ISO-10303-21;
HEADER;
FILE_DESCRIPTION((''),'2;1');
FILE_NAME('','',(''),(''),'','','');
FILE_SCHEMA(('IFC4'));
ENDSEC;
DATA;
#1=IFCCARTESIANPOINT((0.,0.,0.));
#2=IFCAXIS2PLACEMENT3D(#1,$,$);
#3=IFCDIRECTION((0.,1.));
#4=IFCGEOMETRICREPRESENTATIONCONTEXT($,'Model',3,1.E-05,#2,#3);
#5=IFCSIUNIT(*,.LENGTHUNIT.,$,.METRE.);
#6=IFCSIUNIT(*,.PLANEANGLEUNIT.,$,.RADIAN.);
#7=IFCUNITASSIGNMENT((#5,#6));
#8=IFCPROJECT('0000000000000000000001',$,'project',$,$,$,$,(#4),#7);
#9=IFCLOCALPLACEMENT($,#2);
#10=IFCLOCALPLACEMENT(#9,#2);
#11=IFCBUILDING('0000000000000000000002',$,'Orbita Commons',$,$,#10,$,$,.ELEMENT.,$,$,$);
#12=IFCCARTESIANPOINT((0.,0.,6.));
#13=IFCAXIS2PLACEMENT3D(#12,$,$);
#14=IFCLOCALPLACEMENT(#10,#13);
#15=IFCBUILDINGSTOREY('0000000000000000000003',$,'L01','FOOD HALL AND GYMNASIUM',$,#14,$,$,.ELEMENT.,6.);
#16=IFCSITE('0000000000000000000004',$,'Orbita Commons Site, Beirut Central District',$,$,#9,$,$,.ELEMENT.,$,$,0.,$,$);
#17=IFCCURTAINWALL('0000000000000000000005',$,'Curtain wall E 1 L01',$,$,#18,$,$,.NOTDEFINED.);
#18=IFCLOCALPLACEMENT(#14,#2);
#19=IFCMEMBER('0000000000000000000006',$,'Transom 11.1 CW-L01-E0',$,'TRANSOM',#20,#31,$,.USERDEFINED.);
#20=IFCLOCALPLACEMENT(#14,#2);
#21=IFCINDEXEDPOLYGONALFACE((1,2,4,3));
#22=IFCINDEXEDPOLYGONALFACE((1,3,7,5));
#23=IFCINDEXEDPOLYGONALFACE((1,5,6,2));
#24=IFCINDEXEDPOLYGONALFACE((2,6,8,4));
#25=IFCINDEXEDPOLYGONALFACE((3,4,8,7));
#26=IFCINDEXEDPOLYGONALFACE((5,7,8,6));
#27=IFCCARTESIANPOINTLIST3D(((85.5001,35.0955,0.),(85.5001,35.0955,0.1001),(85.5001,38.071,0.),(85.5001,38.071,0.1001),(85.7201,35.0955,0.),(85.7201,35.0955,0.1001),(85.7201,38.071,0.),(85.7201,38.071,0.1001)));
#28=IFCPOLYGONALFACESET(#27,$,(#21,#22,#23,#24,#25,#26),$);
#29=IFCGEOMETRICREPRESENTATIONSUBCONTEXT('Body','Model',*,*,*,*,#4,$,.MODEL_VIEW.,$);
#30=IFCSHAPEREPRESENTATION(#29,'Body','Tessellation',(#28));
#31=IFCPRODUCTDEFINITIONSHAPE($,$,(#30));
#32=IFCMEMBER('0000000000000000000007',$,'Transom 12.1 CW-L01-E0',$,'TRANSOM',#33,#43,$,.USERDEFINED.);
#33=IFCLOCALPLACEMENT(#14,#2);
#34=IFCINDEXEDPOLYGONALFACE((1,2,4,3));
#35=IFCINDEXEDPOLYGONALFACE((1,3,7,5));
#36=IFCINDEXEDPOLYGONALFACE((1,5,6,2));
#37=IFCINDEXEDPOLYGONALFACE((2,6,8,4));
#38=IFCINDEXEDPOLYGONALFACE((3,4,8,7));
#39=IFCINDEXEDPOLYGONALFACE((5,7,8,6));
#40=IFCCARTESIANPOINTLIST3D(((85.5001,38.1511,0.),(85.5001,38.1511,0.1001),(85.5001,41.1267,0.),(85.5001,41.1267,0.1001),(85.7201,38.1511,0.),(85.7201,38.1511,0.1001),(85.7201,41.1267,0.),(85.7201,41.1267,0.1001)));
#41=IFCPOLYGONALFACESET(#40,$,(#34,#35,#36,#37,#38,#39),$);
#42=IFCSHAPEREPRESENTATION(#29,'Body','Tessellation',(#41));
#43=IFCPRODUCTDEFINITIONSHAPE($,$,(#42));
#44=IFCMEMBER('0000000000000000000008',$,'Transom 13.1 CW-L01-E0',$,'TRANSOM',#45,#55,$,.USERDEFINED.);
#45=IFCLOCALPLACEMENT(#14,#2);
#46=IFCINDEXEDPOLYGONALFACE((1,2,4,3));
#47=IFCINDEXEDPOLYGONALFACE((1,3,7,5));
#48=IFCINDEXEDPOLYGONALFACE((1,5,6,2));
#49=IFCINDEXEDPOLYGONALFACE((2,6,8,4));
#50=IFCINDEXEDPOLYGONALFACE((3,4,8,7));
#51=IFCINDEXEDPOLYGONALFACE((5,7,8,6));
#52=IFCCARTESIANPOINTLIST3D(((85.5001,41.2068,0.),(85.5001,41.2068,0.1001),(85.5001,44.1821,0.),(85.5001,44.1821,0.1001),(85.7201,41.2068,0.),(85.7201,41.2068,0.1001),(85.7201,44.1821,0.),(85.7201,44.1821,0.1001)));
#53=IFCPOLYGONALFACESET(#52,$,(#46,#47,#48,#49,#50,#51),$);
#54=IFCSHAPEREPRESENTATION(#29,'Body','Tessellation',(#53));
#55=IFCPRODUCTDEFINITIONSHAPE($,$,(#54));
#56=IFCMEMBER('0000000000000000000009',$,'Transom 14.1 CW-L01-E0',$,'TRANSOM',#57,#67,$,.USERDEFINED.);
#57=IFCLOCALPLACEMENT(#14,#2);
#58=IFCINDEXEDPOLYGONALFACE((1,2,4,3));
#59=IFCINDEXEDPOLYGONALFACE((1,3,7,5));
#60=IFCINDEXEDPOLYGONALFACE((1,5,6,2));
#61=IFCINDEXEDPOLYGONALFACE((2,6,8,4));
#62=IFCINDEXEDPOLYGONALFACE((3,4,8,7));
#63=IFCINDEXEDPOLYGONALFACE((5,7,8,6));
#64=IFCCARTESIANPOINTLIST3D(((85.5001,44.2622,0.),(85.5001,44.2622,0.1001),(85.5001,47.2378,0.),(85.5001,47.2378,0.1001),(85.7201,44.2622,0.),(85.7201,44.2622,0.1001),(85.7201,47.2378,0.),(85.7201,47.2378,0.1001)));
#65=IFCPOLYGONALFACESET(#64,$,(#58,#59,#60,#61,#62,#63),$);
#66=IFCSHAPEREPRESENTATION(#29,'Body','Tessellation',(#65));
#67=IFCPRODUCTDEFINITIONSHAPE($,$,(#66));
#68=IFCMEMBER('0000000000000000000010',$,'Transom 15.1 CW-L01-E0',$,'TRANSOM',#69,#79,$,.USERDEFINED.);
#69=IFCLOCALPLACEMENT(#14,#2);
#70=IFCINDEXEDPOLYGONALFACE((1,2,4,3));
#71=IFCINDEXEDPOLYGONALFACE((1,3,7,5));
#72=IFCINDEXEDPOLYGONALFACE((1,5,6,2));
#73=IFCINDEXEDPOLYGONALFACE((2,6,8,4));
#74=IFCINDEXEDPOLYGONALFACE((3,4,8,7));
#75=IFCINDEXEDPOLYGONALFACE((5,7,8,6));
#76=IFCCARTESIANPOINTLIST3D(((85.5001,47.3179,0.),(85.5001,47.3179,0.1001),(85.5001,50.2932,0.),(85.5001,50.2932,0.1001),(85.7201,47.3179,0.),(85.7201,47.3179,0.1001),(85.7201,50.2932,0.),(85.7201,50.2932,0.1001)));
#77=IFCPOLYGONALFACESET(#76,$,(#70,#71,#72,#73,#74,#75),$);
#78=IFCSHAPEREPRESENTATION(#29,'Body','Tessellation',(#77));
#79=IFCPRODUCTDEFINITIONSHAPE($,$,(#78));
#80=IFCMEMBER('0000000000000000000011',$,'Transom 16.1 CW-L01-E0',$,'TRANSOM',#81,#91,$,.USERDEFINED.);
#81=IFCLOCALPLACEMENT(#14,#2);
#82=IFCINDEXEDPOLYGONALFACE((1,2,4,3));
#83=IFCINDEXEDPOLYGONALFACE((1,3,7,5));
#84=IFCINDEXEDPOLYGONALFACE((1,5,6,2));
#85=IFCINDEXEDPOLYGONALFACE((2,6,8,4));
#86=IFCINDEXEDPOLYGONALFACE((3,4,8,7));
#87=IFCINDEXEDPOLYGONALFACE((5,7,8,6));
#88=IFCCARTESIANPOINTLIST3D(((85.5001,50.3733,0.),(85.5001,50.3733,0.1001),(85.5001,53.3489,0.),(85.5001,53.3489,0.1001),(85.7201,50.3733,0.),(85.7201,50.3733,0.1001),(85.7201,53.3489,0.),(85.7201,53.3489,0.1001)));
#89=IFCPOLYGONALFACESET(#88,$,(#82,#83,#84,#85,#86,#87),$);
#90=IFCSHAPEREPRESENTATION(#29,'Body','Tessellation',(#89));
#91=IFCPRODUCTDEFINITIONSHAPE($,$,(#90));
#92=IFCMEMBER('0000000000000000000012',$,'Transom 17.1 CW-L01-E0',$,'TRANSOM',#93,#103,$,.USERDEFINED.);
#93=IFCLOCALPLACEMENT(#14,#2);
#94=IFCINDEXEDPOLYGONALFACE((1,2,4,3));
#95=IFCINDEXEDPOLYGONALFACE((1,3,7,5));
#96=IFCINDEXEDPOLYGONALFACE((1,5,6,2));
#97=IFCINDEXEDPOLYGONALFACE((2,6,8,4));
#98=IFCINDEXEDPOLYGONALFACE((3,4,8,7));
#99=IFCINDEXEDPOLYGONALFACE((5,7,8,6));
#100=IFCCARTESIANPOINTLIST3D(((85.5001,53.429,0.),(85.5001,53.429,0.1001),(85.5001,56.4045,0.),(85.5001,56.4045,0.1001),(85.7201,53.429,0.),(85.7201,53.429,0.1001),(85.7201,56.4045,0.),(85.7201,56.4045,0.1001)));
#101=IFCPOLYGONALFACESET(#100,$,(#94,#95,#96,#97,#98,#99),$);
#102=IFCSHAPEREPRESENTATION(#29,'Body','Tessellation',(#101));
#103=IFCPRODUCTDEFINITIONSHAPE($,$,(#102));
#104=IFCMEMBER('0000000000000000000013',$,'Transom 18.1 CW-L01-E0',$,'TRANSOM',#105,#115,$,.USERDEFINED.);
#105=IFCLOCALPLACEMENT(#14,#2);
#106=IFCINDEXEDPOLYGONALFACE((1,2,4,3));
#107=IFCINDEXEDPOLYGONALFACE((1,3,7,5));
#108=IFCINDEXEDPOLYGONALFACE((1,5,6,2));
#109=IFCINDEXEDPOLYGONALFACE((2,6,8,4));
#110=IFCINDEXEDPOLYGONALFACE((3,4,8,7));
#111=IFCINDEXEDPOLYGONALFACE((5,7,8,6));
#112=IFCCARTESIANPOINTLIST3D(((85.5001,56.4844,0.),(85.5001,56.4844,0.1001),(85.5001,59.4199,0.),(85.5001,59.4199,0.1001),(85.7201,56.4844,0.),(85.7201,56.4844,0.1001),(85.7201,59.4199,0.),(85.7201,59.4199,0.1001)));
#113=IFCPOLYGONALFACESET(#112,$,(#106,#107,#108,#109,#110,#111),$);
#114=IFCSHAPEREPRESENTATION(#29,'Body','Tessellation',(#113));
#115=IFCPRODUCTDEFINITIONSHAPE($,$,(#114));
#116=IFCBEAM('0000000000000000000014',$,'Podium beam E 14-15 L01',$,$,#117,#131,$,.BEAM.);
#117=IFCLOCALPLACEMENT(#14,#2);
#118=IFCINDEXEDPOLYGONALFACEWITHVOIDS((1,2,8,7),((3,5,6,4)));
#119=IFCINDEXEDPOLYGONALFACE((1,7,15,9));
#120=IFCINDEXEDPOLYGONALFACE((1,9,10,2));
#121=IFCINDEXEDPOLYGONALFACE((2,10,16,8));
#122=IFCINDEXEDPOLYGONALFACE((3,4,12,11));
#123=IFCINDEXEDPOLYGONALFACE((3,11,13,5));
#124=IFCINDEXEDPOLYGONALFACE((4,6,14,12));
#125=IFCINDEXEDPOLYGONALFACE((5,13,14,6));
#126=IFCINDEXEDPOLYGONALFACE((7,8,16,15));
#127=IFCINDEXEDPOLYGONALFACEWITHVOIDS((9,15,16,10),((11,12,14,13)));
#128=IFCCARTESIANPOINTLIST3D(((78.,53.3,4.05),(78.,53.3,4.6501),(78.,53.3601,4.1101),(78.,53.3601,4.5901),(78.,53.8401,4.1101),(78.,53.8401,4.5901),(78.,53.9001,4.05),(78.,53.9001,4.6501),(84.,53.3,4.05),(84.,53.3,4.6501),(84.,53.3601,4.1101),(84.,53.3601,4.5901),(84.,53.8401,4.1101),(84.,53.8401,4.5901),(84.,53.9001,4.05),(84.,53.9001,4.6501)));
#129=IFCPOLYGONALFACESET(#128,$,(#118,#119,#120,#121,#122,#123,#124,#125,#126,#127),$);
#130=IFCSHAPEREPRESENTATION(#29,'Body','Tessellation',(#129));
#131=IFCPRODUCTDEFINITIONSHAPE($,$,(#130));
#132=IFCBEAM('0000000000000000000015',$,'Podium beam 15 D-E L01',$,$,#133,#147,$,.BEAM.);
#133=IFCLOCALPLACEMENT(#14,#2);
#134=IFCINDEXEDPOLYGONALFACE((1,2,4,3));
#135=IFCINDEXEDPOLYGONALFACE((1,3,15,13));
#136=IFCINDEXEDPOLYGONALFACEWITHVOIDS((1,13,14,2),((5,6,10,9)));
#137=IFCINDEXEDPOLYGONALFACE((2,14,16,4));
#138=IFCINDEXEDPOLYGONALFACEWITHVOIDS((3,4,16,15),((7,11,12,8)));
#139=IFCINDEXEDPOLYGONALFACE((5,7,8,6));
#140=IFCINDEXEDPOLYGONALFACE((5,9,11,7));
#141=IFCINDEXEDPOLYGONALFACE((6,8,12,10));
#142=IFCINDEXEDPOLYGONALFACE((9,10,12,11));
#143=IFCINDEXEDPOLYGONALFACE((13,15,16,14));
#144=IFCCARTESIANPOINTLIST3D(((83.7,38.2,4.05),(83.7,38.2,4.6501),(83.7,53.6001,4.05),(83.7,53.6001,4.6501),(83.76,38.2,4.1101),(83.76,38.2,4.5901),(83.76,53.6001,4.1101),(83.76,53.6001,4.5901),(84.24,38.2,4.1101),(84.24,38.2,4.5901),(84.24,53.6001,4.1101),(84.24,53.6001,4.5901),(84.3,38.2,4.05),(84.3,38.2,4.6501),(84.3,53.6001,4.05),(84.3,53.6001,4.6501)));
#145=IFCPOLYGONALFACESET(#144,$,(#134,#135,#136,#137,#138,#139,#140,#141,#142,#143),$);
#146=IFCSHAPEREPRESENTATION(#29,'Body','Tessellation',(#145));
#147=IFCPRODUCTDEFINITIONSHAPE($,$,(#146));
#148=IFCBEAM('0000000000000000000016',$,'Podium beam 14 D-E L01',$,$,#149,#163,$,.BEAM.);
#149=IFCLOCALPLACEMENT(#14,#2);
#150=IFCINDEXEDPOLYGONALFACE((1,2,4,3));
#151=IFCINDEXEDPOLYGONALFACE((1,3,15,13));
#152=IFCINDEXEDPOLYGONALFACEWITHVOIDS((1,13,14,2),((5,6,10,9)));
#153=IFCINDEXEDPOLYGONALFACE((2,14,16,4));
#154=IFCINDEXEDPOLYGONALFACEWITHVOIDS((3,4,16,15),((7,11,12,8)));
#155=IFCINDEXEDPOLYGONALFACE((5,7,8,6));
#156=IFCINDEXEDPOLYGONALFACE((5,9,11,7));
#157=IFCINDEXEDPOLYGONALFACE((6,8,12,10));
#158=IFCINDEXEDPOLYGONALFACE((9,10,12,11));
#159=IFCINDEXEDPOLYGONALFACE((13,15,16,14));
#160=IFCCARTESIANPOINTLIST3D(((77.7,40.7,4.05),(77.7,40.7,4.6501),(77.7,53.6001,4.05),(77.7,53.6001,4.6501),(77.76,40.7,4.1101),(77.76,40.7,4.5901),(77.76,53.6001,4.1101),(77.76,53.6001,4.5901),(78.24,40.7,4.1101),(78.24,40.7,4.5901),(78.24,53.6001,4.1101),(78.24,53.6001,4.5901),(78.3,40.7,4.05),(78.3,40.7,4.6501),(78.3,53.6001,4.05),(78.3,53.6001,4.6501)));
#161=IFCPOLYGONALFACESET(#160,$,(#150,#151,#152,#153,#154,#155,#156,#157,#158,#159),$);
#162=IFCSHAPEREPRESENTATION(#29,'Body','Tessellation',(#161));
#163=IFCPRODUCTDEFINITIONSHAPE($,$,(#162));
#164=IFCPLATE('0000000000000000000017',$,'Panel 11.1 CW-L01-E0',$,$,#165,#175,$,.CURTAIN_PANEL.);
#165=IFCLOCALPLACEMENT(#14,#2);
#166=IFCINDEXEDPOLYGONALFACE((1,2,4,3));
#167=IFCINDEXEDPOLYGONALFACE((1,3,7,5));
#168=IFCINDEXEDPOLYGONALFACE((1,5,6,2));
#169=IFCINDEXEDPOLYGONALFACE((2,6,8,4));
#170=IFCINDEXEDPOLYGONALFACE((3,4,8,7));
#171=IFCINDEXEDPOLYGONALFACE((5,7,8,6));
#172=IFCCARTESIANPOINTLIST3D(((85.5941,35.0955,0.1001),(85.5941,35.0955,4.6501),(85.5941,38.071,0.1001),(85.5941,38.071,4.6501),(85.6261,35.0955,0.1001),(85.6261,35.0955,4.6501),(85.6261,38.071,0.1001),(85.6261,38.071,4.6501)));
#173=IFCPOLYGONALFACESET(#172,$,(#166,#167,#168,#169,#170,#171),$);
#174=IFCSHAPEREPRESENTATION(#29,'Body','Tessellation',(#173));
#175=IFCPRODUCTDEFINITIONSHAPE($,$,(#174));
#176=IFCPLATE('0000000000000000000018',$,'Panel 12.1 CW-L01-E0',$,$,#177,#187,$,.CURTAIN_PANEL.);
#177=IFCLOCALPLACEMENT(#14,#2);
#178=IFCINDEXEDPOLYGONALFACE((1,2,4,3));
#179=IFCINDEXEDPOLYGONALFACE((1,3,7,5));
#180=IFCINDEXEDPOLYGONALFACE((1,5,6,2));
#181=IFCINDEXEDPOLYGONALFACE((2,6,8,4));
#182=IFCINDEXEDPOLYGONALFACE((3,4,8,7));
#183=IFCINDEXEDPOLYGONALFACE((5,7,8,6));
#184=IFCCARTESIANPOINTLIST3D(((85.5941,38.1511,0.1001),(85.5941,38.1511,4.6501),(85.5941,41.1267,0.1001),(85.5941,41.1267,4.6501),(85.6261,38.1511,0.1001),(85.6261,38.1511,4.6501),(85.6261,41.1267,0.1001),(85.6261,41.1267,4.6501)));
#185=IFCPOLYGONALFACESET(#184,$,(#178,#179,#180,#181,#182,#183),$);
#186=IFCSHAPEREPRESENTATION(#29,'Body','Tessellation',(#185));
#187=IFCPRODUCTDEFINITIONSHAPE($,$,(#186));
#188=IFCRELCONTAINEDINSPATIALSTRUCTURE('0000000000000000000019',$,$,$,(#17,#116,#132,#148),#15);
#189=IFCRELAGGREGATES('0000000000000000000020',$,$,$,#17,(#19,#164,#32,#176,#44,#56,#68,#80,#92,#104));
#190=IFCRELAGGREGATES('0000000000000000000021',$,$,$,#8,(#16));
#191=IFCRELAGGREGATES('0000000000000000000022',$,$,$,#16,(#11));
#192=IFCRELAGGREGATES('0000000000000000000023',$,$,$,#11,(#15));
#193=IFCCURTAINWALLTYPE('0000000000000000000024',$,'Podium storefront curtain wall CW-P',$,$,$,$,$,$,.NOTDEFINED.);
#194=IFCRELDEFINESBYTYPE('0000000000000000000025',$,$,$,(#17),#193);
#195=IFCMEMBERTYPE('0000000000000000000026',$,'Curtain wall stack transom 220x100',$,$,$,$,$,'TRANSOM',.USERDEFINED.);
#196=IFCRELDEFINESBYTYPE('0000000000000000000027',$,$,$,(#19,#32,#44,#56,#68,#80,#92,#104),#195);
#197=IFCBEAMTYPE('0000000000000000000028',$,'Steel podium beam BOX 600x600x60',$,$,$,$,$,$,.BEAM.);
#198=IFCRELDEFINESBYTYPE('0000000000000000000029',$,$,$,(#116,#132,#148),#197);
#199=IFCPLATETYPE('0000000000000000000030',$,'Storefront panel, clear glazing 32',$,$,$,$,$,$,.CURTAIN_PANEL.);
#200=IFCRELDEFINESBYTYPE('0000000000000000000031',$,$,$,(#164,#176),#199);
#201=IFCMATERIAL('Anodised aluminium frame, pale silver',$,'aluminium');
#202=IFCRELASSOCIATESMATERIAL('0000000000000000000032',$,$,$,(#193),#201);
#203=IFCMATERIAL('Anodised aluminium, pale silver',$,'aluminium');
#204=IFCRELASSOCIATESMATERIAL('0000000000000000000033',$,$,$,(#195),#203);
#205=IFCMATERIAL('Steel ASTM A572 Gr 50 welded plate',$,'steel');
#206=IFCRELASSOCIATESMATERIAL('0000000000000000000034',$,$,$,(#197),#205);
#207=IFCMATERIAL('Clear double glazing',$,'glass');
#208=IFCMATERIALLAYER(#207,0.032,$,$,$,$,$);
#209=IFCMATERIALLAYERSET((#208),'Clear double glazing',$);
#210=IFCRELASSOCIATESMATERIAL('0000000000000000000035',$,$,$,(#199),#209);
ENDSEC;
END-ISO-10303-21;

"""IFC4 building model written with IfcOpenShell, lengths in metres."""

from ifc_helpers import new_model, si_unit, direction, frame, origin, origin_2d, place, context, subcontext, project, spatial, rectangle, hollow_rectangle, extrude, material, layer, layer_set, material_profile, profile_set, type_object, element, aggregate, save


model = new_model("IFC4")

# Units and contexts
model_context = context("Model", 3, precision=1e-05, world=origin(), true_north=direction((0.0, 1.0)))
body_context = subcontext(model_context, "Body", "Model", "MODEL_VIEW")
ifc_project = project(units=[si_unit("LENGTHUNIT", "METRE"), si_unit("PLANEANGLEUNIT", "RADIAN")], contexts=[model_context])

# Site, building, storey
site_placement = place(None, origin())
site = spatial("IfcSite", under=ifc_project, at=site_placement, Name="Orbita Commons Site, Beirut Central District", CompositionType="ELEMENT", RefElevation=0.0)
building_placement = place(site_placement, origin())
building = spatial("IfcBuilding", under=site, at=building_placement, Name="Orbita Commons", CompositionType="ELEMENT")
storey_placement = place(building_placement, frame((0.0, 0.0, 6.0)))
storey = spatial("IfcBuildingStorey", under=building, at=storey_placement, Name="L01", Description="FOOD HALL AND GYMNASIUM", CompositionType="ELEMENT", Elevation=6.0)

# Curtain wall, members
ifc_material_1 = material(Name="Anodised aluminium frame, pale silver", Category="aluminium")
curtain_wall_type = type_object("IfcCurtainWallType", Name="Podium storefront curtain wall CW-P", PredefinedType="NOTDEFINED", material=ifc_material_1)
curtain_wall_placement = place(storey_placement, origin())
curtain_wall = element("IfcCurtainWall", 1, at=curtain_wall_placement, inside=storey, type_object=curtain_wall_type, Name="Curtain wall E 1 L01", PredefinedType="NOTDEFINED")
ifc_material_2 = material(Name="Anodised aluminium, pale silver", Category="aluminium")
ifc_material_profile_1 = material_profile(ifc_material_2, rectangle(XDim=0.22, YDim=0.1001, at=origin_2d()), Name="AL 220x100")
ifc_profile_set_1 = profile_set([ifc_material_profile_1], Name="Anodised aluminium, pale silver")
member_type_1 = type_object("IfcMemberType", Name="Curtain wall stack transom 220x100", ElementType="TRANSOM", PredefinedType="USERDEFINED", material=ifc_profile_set_1)
member_1_placement = place(storey_placement, frame((85.6101, 35.0955, 0.05), z_axis=(0.0, 1.0, 0.0), x_axis=(-1.0, 0.0, 0.0)))
member_1 = element("IfcMember", 2, at=member_1_placement, type_object=member_type_1, Name="Transom 11.1 CW-L01-E0", ObjectType="TRANSOM", PredefinedType="USERDEFINED", context=body_context, shape_type="SweptSolid", body=[
    extrude(rectangle(XDim=0.22, YDim=0.1001, at=origin_2d()), origin(), (0.0, 0.0, 1.0), 2.9756),
])
member_2_placement = place(storey_placement, frame((85.6101, 38.1511, 0.05), z_axis=(0.0, 1.0, 0.0), x_axis=(-1.0, 0.0, 0.0)))
member_2 = element("IfcMember", 3, at=member_2_placement, type_object=member_type_1, Name="Transom 12.1 CW-L01-E0", ObjectType="TRANSOM", PredefinedType="USERDEFINED", context=body_context, shape_type="SweptSolid", body=[
    extrude(rectangle(XDim=0.22, YDim=0.1001, at=origin_2d()), origin(), (0.0, 0.0, 1.0), 2.9756),
])
member_3_placement = place(storey_placement, frame((85.6101, 41.2068, 0.05), z_axis=(0.0, 1.0, 0.0), x_axis=(-1.0, 0.0, 0.0)))
member_3 = element("IfcMember", 4, at=member_3_placement, type_object=member_type_1, Name="Transom 13.1 CW-L01-E0", ObjectType="TRANSOM", PredefinedType="USERDEFINED", context=body_context, shape_type="SweptSolid", body=[
    extrude(rectangle(XDim=0.22, YDim=0.1001, at=origin_2d()), origin(), (0.0, 0.0, 1.0), 2.9753),
])
member_4_placement = place(storey_placement, frame((85.6101, 44.2622, 0.05), z_axis=(0.0, 1.0, 0.0), x_axis=(-1.0, 0.0, 0.0)))
member_4 = element("IfcMember", 5, at=member_4_placement, type_object=member_type_1, Name="Transom 14.1 CW-L01-E0", ObjectType="TRANSOM", PredefinedType="USERDEFINED", context=body_context, shape_type="SweptSolid", body=[
    extrude(rectangle(XDim=0.22, YDim=0.1001, at=origin_2d()), origin(), (0.0, 0.0, 1.0), 2.9756),
])
member_5_placement = place(storey_placement, frame((85.6101, 47.3179, 0.05), z_axis=(0.0, 1.0, 0.0), x_axis=(-1.0, 0.0, 0.0)))
member_5 = element("IfcMember", 6, at=member_5_placement, type_object=member_type_1, Name="Transom 15.1 CW-L01-E0", ObjectType="TRANSOM", PredefinedType="USERDEFINED", context=body_context, shape_type="SweptSolid", body=[
    extrude(rectangle(XDim=0.22, YDim=0.1001, at=origin_2d()), origin(), (0.0, 0.0, 1.0), 2.9753),
])
member_6_placement = place(storey_placement, frame((85.6101, 50.3733, 0.05), z_axis=(0.0, 1.0, 0.0), x_axis=(-1.0, 0.0, 0.0)))
member_6 = element("IfcMember", 7, at=member_6_placement, type_object=member_type_1, Name="Transom 16.1 CW-L01-E0", ObjectType="TRANSOM", PredefinedType="USERDEFINED", context=body_context, shape_type="SweptSolid", body=[
    extrude(rectangle(XDim=0.22, YDim=0.1001, at=origin_2d()), origin(), (0.0, 0.0, 1.0), 2.9756),
])
member_7_placement = place(storey_placement, frame((85.6101, 53.429, 0.05), z_axis=(0.0, 1.0, 0.0), x_axis=(-1.0, 0.0, 0.0)))
member_7 = element("IfcMember", 8, at=member_7_placement, type_object=member_type_1, Name="Transom 17.1 CW-L01-E0", ObjectType="TRANSOM", PredefinedType="USERDEFINED", context=body_context, shape_type="SweptSolid", body=[
    extrude(rectangle(XDim=0.22, YDim=0.1001, at=origin_2d()), origin(), (0.0, 0.0, 1.0), 2.9756),
])
member_8_placement = place(storey_placement, frame((85.6101, 56.4844, 0.05), z_axis=(0.0, 1.0, 0.0), x_axis=(-1.0, 0.0, 0.0)))
member_8 = element("IfcMember", 9, at=member_8_placement, type_object=member_type_1, Name="Transom 18.1 CW-L01-E0", ObjectType="TRANSOM", PredefinedType="USERDEFINED", context=body_context, shape_type="SweptSolid", body=[
    extrude(rectangle(XDim=0.22, YDim=0.1001, at=origin_2d()), origin(), (0.0, 0.0, 1.0), 2.9355),
])

# Beams
ifc_material_3 = material(Name="Steel ASTM A572 Gr 50 welded plate", Category="steel")
ifc_material_profile_2 = material_profile(ifc_material_3, hollow_rectangle(XDim=0.6001, YDim=0.6001, WallThickness=0.0601, at=origin_2d()), Name="BOX 600x600x60")
ifc_profile_set_2 = profile_set([ifc_material_profile_2], Name="Steel ASTM A572 Gr 50 welded plate")
beam_type = type_object("IfcBeamType", Name="Steel podium beam BOX 600x600x60", PredefinedType="BEAM", material=ifc_profile_set_2)
beam_1_placement = place(storey_placement, frame((78.0, 53.6001, 4.3501), z_axis=(1.0, 0.0, 0.0), x_axis=(0.0, 1.0, 0.0)))
element("IfcBeam", 10, at=beam_1_placement, inside=storey, type_object=beam_type, Name="Podium beam E 14-15 L01", PredefinedType="BEAM", context=body_context, shape_type="SweptSolid", body=[
    extrude(hollow_rectangle(XDim=0.6001, YDim=0.6001, WallThickness=0.0601, at=origin_2d()), origin(), (0.0, 0.0, 1.0), 6.0),
])
beam_2_placement = place(storey_placement, frame((84.0, 38.2, 4.3501), z_axis=(0.0, 1.0, 0.0), x_axis=(-1.0, 0.0, 0.0)))
element("IfcBeam", 11, at=beam_2_placement, inside=storey, type_object=beam_type, Name="Podium beam 15 D-E L01", PredefinedType="BEAM", context=body_context, shape_type="SweptSolid", body=[
    extrude(hollow_rectangle(XDim=0.6001, YDim=0.6001, WallThickness=0.0601, at=origin_2d()), origin(), (0.0, 0.0, 1.0), 15.4001),
])
beam_3_placement = place(storey_placement, frame((78.0, 40.7, 4.3501), z_axis=(0.0, 1.0, 0.0), x_axis=(-1.0, 0.0, 0.0)))
element("IfcBeam", 12, at=beam_3_placement, inside=storey, type_object=beam_type, Name="Podium beam 14 D-E L01", PredefinedType="BEAM", context=body_context, shape_type="SweptSolid", body=[
    extrude(hollow_rectangle(XDim=0.6001, YDim=0.6001, WallThickness=0.0601, at=origin_2d()), origin(), (0.0, 0.0, 1.0), 12.9001),
])

# Plates
ifc_material_4 = material(Name="Clear double glazing", Category="glass")
ifc_layer_1 = layer(ifc_material_4, 0.032)
ifc_layer_set_1 = layer_set([ifc_layer_1], Name="Clear double glazing")
plate_type = type_object("IfcPlateType", Name="Storefront panel, clear glazing 32", PredefinedType="CURTAIN_PANEL", material=ifc_layer_set_1)
plate_1_placement = place(storey_placement, frame((85.6101, 36.5833, 0.1001), z_axis=(0.0, 0.0, 1.0), x_axis=(0.0, 1.0, 0.0)))
plate_1 = element("IfcPlate", 13, at=plate_1_placement, type_object=plate_type, Name="Panel 11.1 CW-L01-E0", PredefinedType="CURTAIN_PANEL", context=body_context, shape_type="SweptSolid", body=[
    extrude(rectangle(XDim=2.9756, YDim=0.032, at=origin_2d()), origin(), (0.0, 0.0, 1.0), 4.55),
])
plate_2_placement = place(storey_placement, frame((85.6101, 39.6389, 0.1001), z_axis=(0.0, 0.0, 1.0), x_axis=(0.0, 1.0, 0.0)))
plate_2 = element("IfcPlate", 14, at=plate_2_placement, type_object=plate_type, Name="Panel 12.1 CW-L01-E0", PredefinedType="CURTAIN_PANEL", context=body_context, shape_type="SweptSolid", body=[
    extrude(rectangle(XDim=2.9756, YDim=0.032, at=origin_2d()), origin(), (0.0, 0.0, 1.0), 4.55),
])
aggregate(curtain_wall, [member_1, plate_1, member_2, plate_2, member_3, member_4, member_5, member_6, member_7, member_8])

save(model, "model.ifc")
